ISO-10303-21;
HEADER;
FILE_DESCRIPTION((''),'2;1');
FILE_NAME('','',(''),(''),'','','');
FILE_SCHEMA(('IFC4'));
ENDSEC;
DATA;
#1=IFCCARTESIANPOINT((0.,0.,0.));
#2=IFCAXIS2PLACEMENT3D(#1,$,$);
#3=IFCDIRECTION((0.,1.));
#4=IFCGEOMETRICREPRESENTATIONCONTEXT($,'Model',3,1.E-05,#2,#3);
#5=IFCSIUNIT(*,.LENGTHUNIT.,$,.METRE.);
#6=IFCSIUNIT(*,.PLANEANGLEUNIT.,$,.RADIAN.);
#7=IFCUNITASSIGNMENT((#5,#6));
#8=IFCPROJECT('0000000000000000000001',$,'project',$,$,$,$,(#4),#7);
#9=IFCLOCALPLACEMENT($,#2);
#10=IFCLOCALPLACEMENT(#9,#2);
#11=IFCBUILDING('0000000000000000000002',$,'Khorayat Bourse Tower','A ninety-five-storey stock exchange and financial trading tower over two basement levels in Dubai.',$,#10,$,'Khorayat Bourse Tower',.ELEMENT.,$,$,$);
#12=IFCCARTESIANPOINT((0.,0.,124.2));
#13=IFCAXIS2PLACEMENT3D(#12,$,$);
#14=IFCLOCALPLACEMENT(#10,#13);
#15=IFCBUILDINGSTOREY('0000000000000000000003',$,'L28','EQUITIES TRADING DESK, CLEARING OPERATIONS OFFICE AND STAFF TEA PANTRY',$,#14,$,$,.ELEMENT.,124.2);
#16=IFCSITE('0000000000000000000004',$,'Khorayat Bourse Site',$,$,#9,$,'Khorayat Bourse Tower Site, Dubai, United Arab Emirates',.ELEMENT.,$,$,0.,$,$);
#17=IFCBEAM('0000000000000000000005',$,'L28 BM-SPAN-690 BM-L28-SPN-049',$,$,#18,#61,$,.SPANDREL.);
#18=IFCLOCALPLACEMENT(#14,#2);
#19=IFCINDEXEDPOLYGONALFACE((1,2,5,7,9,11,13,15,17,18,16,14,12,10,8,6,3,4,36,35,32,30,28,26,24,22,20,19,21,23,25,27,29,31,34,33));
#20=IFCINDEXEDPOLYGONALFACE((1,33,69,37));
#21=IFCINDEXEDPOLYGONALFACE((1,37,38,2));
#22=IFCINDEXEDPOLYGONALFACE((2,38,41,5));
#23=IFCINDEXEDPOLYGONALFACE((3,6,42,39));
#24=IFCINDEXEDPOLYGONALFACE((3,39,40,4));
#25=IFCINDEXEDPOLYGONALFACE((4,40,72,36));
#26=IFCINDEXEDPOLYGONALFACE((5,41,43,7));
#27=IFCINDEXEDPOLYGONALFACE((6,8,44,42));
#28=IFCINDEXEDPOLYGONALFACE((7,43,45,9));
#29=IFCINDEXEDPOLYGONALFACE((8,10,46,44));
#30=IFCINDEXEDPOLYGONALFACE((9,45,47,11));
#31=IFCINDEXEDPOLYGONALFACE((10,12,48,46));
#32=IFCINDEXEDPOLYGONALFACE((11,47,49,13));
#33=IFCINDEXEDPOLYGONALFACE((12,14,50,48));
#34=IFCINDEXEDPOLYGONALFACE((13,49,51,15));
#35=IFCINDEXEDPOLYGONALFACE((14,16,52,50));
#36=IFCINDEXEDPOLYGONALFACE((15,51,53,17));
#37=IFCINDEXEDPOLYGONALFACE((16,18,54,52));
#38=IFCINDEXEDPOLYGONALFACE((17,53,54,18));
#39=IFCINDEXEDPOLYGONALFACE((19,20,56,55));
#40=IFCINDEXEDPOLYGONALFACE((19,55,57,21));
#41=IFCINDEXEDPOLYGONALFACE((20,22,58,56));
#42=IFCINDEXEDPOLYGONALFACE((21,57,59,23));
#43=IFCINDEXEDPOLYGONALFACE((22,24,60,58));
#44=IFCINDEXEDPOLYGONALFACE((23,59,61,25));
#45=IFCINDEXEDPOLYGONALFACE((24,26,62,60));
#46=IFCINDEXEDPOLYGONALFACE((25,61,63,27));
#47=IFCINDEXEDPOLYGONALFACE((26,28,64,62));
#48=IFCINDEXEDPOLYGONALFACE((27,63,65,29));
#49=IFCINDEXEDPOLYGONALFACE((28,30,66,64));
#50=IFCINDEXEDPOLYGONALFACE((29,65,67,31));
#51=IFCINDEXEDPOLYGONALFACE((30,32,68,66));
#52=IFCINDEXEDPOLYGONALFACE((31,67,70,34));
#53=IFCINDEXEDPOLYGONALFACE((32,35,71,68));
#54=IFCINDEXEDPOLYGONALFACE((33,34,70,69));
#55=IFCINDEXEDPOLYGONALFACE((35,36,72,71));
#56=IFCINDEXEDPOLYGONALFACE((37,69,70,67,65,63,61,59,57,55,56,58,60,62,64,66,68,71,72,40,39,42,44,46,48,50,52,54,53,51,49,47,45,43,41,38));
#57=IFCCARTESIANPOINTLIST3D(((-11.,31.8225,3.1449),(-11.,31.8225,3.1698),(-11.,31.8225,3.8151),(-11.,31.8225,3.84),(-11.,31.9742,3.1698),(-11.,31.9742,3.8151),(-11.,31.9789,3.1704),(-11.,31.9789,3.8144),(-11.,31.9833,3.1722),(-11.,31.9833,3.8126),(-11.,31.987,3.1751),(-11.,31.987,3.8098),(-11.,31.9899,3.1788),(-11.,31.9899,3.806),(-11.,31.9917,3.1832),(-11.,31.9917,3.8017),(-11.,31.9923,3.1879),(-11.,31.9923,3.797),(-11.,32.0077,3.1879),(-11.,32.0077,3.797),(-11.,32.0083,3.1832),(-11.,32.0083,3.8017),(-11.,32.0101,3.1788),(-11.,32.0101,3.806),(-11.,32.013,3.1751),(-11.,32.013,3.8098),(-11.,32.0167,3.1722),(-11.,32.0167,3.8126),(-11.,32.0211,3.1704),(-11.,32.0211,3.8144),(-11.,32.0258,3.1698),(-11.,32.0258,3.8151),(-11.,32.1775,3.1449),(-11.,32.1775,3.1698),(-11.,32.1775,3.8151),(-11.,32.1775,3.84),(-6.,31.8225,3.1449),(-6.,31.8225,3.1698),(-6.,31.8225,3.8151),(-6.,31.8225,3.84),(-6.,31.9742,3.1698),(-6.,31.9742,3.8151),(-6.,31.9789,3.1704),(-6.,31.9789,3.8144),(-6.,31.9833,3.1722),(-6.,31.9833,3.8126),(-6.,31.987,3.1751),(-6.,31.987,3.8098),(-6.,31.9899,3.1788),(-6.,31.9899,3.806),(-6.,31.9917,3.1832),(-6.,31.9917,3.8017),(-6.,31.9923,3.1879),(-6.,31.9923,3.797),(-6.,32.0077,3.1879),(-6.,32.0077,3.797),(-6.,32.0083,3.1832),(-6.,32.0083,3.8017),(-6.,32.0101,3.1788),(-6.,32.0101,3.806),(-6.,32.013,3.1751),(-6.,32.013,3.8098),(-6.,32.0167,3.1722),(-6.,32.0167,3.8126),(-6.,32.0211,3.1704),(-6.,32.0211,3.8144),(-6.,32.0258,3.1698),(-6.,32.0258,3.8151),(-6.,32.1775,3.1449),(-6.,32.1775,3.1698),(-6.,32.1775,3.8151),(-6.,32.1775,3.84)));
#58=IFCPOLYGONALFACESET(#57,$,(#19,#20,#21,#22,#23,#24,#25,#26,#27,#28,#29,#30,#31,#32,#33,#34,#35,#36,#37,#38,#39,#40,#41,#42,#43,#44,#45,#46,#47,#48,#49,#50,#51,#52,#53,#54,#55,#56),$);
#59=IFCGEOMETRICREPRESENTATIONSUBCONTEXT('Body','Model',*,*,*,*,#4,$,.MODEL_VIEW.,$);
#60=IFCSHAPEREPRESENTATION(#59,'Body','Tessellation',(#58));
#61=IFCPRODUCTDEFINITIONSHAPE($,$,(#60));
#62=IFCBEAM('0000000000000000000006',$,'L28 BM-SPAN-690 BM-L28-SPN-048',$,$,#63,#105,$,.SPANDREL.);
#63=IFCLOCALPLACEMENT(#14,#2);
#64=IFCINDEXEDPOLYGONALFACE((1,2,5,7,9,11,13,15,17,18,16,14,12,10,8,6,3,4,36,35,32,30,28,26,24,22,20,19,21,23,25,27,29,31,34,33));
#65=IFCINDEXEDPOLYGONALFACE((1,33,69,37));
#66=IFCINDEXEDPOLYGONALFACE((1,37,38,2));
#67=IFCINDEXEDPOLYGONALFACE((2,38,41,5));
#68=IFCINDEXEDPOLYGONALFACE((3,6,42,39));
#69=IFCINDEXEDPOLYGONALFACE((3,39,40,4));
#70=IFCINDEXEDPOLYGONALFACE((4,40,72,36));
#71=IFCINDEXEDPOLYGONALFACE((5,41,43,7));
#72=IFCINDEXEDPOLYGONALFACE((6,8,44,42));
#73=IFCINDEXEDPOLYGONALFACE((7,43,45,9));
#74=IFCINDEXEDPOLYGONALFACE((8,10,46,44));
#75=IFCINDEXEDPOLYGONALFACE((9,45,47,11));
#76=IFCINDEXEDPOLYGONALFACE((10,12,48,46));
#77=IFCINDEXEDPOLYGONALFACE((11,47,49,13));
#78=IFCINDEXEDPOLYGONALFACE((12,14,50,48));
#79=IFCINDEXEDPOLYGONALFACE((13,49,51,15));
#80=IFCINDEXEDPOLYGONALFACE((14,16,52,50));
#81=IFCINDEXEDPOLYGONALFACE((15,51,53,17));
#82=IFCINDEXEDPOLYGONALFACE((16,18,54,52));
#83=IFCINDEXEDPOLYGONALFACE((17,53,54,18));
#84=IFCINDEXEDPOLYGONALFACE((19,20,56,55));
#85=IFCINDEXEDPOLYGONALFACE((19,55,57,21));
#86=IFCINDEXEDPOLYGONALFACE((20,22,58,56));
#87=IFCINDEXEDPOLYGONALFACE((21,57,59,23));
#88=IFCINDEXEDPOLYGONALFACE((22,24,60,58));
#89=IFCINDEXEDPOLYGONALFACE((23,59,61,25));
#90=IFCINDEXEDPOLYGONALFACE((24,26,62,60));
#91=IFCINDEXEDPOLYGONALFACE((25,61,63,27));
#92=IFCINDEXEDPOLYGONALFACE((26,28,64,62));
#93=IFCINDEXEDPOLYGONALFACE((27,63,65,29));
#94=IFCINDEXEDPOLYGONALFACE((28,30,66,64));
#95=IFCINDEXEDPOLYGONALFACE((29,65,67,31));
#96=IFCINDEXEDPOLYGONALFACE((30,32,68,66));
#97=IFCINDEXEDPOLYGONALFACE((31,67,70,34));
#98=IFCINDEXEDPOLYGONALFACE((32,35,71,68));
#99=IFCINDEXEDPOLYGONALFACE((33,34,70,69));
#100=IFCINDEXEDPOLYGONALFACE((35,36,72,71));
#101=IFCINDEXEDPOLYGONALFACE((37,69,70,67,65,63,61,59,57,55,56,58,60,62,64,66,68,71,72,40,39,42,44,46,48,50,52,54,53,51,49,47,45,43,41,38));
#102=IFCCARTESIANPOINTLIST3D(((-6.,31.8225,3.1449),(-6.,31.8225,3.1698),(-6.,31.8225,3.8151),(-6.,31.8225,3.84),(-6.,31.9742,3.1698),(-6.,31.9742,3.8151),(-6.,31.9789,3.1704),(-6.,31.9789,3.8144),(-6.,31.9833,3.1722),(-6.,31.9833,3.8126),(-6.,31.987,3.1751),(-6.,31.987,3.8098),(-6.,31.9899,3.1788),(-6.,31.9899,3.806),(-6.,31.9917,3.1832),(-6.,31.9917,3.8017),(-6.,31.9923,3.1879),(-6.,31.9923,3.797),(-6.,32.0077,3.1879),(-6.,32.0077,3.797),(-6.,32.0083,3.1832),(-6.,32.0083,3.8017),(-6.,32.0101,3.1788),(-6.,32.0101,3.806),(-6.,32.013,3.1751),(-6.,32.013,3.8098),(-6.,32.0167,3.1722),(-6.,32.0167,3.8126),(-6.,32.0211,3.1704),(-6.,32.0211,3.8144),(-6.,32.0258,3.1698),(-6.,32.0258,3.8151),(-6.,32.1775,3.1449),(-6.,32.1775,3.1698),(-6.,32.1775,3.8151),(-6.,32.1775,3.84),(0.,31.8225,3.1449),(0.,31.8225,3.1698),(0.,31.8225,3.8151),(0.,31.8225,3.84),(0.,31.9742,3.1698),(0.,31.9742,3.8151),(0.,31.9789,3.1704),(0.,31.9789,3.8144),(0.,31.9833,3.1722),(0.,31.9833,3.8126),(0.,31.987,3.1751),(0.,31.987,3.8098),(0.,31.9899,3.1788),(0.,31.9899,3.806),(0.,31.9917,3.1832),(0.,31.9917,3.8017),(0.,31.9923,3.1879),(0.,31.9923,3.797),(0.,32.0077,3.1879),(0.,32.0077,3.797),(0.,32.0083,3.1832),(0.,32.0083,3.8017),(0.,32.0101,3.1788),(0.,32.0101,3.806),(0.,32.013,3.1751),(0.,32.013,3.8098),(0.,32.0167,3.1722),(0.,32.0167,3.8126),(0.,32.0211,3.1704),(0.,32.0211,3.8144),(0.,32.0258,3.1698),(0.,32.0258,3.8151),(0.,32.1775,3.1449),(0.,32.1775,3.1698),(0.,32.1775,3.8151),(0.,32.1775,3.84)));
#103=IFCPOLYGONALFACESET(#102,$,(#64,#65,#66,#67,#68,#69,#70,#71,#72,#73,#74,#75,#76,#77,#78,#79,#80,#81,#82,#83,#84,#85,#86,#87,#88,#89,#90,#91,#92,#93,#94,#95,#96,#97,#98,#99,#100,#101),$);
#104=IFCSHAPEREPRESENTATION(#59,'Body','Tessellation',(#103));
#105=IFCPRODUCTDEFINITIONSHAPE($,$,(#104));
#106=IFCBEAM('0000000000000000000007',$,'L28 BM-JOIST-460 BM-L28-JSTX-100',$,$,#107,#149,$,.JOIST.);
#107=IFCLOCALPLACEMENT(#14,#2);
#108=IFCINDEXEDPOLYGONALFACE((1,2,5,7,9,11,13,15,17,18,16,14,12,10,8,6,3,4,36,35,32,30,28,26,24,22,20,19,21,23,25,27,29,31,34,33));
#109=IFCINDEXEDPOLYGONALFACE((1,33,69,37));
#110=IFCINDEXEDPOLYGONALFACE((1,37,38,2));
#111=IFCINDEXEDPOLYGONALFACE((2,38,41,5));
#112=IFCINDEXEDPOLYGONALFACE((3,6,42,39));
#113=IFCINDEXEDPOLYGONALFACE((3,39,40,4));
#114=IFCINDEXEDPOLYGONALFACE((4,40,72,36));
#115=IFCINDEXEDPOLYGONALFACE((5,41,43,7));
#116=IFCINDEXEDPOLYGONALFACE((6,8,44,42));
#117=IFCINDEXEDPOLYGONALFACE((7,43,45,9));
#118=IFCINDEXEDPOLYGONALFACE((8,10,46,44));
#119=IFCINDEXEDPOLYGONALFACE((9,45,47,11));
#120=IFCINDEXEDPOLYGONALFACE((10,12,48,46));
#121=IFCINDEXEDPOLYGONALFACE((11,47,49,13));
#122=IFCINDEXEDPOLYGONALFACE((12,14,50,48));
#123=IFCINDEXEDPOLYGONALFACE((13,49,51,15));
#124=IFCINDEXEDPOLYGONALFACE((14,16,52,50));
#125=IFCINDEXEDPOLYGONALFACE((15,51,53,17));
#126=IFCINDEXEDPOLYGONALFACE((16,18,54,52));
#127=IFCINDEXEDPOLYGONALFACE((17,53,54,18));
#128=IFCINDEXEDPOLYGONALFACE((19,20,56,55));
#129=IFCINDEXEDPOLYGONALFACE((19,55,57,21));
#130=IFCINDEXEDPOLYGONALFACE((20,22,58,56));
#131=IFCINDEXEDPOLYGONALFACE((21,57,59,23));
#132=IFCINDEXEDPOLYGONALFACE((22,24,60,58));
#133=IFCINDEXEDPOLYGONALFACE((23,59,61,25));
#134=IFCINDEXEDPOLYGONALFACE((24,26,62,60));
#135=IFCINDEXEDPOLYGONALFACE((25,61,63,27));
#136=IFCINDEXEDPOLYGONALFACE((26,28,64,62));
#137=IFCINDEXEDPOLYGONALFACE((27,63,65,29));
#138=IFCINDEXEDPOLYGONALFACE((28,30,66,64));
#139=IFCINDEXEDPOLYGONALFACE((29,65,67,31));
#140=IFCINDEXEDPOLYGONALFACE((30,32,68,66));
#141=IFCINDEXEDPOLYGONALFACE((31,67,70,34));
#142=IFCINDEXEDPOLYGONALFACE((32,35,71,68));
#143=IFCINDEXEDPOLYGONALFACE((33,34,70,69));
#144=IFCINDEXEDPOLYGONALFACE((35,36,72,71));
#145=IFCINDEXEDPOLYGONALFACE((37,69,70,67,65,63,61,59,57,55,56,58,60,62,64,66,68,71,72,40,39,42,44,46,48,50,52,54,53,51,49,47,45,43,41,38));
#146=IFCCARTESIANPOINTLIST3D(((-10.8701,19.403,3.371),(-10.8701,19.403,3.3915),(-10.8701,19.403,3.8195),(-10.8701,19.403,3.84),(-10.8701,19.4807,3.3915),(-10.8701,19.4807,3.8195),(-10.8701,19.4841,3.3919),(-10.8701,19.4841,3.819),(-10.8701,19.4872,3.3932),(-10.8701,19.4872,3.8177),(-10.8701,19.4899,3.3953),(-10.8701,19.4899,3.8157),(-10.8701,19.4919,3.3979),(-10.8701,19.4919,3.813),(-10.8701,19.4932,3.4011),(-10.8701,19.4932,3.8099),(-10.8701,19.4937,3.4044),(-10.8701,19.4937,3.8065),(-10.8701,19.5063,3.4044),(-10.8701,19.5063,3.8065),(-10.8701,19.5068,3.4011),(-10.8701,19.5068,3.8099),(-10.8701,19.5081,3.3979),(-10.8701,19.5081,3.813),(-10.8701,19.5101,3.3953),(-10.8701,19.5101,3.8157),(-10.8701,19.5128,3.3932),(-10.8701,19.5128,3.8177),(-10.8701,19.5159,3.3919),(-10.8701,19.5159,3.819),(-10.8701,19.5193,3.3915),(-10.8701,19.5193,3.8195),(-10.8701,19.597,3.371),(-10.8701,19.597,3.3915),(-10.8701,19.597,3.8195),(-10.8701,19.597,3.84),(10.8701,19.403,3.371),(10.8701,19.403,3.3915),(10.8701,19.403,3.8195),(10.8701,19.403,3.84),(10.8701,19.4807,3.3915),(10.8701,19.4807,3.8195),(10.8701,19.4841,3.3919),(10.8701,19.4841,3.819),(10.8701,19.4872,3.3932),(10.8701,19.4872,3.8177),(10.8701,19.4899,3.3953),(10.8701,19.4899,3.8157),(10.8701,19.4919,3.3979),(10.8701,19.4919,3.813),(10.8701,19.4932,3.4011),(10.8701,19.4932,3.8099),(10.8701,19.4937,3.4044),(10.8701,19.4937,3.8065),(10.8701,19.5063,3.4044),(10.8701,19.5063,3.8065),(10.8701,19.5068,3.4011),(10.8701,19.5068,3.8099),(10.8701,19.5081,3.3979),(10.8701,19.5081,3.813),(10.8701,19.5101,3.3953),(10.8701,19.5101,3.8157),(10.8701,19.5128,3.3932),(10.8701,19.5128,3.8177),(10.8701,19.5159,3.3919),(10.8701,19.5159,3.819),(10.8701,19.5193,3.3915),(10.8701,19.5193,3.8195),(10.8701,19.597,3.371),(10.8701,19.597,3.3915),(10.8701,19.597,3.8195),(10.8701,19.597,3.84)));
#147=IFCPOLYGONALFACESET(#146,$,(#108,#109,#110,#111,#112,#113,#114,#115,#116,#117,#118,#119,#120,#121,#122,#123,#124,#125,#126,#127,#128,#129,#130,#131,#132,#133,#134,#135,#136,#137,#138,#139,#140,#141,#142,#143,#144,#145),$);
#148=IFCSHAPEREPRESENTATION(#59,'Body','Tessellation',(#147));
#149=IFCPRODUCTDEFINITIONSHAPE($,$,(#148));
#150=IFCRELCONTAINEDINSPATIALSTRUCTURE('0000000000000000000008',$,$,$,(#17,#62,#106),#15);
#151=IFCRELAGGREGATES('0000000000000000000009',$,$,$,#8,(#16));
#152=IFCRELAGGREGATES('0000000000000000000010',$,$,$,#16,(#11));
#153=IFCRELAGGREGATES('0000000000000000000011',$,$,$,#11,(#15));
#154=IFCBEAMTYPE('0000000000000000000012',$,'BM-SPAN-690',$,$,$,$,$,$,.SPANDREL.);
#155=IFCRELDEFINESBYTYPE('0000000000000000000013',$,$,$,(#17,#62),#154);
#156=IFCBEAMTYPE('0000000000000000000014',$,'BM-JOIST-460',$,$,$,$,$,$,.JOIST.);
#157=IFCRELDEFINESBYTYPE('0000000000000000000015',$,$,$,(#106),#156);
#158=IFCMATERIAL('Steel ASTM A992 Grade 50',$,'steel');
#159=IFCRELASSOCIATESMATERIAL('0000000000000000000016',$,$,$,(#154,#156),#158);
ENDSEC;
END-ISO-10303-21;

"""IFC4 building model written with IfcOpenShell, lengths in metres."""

from ifc_helpers import new_model, si_unit, direction, frame, origin, origin_2d, place, context, subcontext, project, spatial, i_section, extrude, source, transform, mapped, material, material_profile, profile_set, type_object, element, save


model = new_model("IFC4")

# Units and contexts
model_context = context("Model", 3, precision=1e-05, world=origin(), true_north=direction((0.0, 1.0)))
body_context = subcontext(model_context, "Body", "Model", "MODEL_VIEW")
ifc_project = project(units=[si_unit("LENGTHUNIT", "METRE"), si_unit("PLANEANGLEUNIT", "RADIAN")], contexts=[model_context])

# Site, building, storey
site_placement = place(None, origin())
site = spatial("IfcSite", under=ifc_project, at=site_placement, Name="Khorayat Bourse Site", LongName="Khorayat Bourse Tower Site, Dubai, United Arab Emirates", CompositionType="ELEMENT", RefElevation=0.0)
building_placement = place(site_placement, origin())
building = spatial("IfcBuilding", under=site, at=building_placement, Name="Khorayat Bourse Tower", Description="A ninety-five-storey stock exchange and financial trading tower over two basement levels in Dubai.", LongName="Khorayat Bourse Tower", CompositionType="ELEMENT")
storey_placement = place(building_placement, frame((0.0, 0.0, 124.2)))
storey = spatial("IfcBuildingStorey", under=building, at=storey_placement, Name="L28", Description="EQUITIES TRADING DESK, CLEARING OPERATIONS OFFICE AND STAFF TEA PANTRY", CompositionType="ELEMENT", Elevation=124.2)

# Beams
ifc_material_1 = material(Name="Steel ASTM A992 Grade 50", Category="steel")
ifc_material_profile_1 = material_profile(ifc_material_1, i_section(OverallWidth=0.355, OverallDepth=0.6951, WebThickness=0.0154, FlangeThickness=0.0249, FilletRadius=0.0181, at=origin_2d()), Name="W690X217")
ifc_profile_set_1 = profile_set([ifc_material_profile_1], Name="Steel ASTM A992 Grade 50")
beam_type_1 = type_object("IfcBeamType", Name="BM-SPAN-690", PredefinedType="SPANDREL", material=ifc_profile_set_1)
shared_shape_1 = source(origin(), body_context, "Body", "SweptSolid", [
    extrude(i_section(OverallWidth=0.355, OverallDepth=0.6951, WebThickness=0.0154, FlangeThickness=0.0249, FilletRadius=0.0181, at=origin_2d()), origin(), (0.0, 0.0, 1.0), 5.0),
])
beam_1_placement = place(storey_placement, frame((-11.0, 32.0, 3.4924), z_axis=(1.0, 0.0, 0.0), x_axis=(0.0, 1.0, 0.0)))
element("IfcBeam", 1, at=beam_1_placement, inside=storey, type_object=beam_type_1, Name="L28 BM-SPAN-690 BM-L28-SPN-049", PredefinedType="SPANDREL", context=body_context, shape_type="MappedRepresentation", body=[
    mapped(shared_shape_1, transform((0.0, 0.0, 0.0), scale=1.0)),
])
shared_shape_2 = source(origin(), body_context, "Body", "SweptSolid", [
    extrude(i_section(OverallWidth=0.355, OverallDepth=0.6951, WebThickness=0.0154, FlangeThickness=0.0249, FilletRadius=0.0181, at=origin_2d()), origin(), (0.0, 0.0, 1.0), 6.0),
])
beam_2_placement = place(storey_placement, frame((-6.0, 32.0, 3.4924), z_axis=(1.0, 0.0, 0.0), x_axis=(0.0, 1.0, 0.0)))
element("IfcBeam", 2, at=beam_2_placement, inside=storey, type_object=beam_type_1, Name="L28 BM-SPAN-690 BM-L28-SPN-048", PredefinedType="SPANDREL", context=body_context, shape_type="MappedRepresentation", body=[
    mapped(shared_shape_2, transform((0.0, 0.0, 0.0), scale=1.0)),
])
ifc_material_profile_2 = material_profile(ifc_material_1, i_section(OverallWidth=0.1941, OverallDepth=0.469, WebThickness=0.0127, FlangeThickness=0.0205, FilletRadius=0.0129, at=origin_2d()), Name="W460X106")
ifc_profile_set_2 = profile_set([ifc_material_profile_2], Name="Steel ASTM A992 Grade 50")
beam_type_2 = type_object("IfcBeamType", Name="BM-JOIST-460", PredefinedType="JOIST", material=ifc_profile_set_2)
shared_shape_3 = source(origin(), body_context, "Body", "SweptSolid", [
    extrude(i_section(OverallWidth=0.1941, OverallDepth=0.469, WebThickness=0.0127, FlangeThickness=0.0205, FilletRadius=0.0129, at=origin_2d()), origin(), (0.0, 0.0, 1.0), 21.7402),
])
beam_3_placement = place(storey_placement, frame((-10.8701, 19.5, 3.6055), z_axis=(1.0, 0.0, 0.0), x_axis=(0.0, 1.0, 0.0)))
element("IfcBeam", 3, at=beam_3_placement, inside=storey, type_object=beam_type_2, Name="L28 BM-JOIST-460 BM-L28-JSTX-100", PredefinedType="JOIST", context=body_context, shape_type="MappedRepresentation", body=[
    mapped(shared_shape_3, transform((0.0, 0.0, 0.0), scale=1.0)),
])

save(model, "model.ifc")
